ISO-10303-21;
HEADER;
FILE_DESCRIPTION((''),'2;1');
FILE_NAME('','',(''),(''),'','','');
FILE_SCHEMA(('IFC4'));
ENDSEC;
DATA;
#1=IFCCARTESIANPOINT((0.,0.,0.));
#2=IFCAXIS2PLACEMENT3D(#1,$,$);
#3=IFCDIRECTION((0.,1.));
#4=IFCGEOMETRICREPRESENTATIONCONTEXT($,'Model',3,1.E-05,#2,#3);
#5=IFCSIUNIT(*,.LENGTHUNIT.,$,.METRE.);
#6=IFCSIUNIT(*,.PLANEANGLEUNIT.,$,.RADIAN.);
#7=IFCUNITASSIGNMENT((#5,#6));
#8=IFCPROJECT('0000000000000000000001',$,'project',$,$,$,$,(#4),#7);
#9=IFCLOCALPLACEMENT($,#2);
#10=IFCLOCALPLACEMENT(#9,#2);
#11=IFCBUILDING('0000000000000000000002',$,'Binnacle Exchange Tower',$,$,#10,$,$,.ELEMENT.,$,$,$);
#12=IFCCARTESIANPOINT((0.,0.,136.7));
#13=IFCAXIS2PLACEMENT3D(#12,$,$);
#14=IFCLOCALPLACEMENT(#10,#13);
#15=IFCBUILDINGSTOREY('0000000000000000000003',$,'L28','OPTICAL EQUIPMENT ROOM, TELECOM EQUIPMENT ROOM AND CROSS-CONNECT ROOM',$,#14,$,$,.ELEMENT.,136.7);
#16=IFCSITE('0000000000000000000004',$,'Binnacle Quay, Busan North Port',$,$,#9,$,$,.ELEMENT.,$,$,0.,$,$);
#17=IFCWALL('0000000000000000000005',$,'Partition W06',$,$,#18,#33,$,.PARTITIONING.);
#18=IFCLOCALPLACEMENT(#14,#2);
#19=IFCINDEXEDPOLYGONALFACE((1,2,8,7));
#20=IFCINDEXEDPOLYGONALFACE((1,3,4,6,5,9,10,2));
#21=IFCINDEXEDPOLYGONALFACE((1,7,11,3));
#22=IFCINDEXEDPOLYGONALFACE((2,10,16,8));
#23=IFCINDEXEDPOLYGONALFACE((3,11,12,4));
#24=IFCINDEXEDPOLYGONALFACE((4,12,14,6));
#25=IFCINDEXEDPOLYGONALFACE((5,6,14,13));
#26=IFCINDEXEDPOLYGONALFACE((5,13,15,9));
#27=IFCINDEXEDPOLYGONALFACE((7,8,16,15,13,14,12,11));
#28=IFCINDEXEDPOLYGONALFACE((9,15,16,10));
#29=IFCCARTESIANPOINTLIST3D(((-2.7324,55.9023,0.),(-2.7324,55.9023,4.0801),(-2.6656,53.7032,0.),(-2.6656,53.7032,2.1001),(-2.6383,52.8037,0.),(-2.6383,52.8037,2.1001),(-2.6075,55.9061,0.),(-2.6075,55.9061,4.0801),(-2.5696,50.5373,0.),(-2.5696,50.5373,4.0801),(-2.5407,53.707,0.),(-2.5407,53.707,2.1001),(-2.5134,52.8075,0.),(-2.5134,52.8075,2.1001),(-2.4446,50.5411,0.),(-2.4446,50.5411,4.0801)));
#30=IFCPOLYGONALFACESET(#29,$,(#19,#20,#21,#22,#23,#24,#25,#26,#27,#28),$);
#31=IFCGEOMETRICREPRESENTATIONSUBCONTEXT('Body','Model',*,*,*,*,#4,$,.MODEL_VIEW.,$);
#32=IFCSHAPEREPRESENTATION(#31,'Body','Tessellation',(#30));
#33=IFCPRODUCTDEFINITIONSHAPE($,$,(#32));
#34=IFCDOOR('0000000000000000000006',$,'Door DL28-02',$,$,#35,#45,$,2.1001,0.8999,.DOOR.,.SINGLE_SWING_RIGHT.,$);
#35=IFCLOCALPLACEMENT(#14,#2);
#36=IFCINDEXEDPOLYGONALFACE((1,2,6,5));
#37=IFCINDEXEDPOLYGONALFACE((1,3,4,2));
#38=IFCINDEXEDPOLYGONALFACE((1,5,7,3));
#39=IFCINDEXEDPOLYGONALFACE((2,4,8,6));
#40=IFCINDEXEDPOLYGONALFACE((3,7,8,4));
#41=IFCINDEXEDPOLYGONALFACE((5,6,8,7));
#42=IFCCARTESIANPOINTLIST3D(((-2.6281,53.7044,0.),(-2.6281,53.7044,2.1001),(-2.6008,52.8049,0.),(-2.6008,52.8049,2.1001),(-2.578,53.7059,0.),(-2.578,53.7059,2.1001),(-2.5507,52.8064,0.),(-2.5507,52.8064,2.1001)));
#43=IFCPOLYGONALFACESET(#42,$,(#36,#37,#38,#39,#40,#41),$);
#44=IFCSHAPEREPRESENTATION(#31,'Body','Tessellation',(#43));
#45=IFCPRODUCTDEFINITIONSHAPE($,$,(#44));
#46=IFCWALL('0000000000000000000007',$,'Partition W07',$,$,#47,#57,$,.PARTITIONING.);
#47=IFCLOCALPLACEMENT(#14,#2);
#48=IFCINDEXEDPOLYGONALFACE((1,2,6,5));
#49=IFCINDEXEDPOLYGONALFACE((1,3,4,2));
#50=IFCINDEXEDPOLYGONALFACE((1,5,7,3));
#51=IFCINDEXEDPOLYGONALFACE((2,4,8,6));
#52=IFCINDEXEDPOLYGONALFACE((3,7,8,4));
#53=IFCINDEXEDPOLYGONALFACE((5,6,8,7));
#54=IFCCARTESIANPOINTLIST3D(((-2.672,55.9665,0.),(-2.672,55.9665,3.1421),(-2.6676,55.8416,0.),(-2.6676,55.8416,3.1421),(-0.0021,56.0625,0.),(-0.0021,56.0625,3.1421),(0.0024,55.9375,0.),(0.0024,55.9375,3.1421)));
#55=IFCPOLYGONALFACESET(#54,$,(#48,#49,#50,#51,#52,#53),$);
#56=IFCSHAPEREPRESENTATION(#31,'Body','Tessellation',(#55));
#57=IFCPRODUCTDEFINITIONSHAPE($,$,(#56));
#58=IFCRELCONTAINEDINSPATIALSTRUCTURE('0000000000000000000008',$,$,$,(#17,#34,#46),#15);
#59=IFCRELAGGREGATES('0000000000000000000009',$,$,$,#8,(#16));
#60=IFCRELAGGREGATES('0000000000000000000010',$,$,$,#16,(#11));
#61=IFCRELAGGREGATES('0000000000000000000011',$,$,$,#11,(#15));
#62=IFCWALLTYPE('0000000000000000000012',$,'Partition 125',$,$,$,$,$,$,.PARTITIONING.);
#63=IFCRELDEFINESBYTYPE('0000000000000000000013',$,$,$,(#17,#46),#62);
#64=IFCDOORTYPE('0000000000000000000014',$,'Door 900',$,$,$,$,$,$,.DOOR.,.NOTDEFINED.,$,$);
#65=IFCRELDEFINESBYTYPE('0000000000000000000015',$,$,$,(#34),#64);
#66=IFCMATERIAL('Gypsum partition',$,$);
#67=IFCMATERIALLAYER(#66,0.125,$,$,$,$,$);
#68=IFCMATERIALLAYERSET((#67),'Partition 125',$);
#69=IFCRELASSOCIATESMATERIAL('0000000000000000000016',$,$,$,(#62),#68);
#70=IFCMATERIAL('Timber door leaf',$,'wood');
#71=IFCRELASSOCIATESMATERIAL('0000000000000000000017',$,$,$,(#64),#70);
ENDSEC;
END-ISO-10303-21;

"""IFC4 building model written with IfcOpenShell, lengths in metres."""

from ifc_helpers import new_model, si_unit, direction, frame, frame_2d, origin, place, context, subcontext, project, spatial, rectangle, extrude, material, layer, layer_set, type_object, element, fill, save


model = new_model("IFC4")

# Units and contexts
model_context = context("Model", 3, precision=1e-05, world=origin(), true_north=direction((0.0, 1.0)))
body_context = subcontext(model_context, "Body", "Model", "MODEL_VIEW")
ifc_project = project(units=[si_unit("LENGTHUNIT", "METRE"), si_unit("PLANEANGLEUNIT", "RADIAN")], contexts=[model_context])

# Site, building, storey
site_placement = place(None, origin())
site = spatial("IfcSite", under=ifc_project, at=site_placement, Name="Binnacle Quay, Busan North Port", CompositionType="ELEMENT", RefElevation=0.0)
building_placement = place(site_placement, origin())
building = spatial("IfcBuilding", under=site, at=building_placement, Name="Binnacle Exchange Tower", CompositionType="ELEMENT")
storey_placement = place(building_placement, frame((0.0, 0.0, 136.7)))
storey = spatial("IfcBuildingStorey", under=building, at=storey_placement, Name="L28", Description="OPTICAL EQUIPMENT ROOM, TELECOM EQUIPMENT ROOM AND CROSS-CONNECT ROOM", CompositionType="ELEMENT", Elevation=136.7)

# Shared definitions
ifc_material_1 = material(Name="Gypsum partition")
ifc_layer_1 = layer(ifc_material_1, 0.125)
ifc_layer_set_1 = layer_set([ifc_layer_1], Name="Partition 125")
wall_type_1 = type_object("IfcWallType", Name="Partition 125", PredefinedType="PARTITIONING", material=ifc_layer_set_1)

# Wall, opening, door
wall_1_placement = place(storey_placement, frame((-2.6699, 55.9041, 0.0), z_axis=(0.0, 0.0, 1.0), x_axis=(0.030339, -0.99954, 0.0)))
wall_1 = element("IfcWall", 1, at=wall_1_placement, inside=storey, type_object=wall_type_1, Name="Partition W06", PredefinedType="PARTITIONING", context=body_context, shape_type="SweptSolid", body=[
    extrude(rectangle(XDim=5.3674, YDim=0.125, at=frame_2d((2.6836, 0.0))), origin(), (0.0, 0.0, 1.0), 4.0801),
])
opening_1_placement = place(wall_1_placement, frame((2.2, 0.0, 0.0)))
opening_1 = element("IfcOpeningElement", 2, at=opening_1_placement, cuts=wall_1, PredefinedType="OPENING", context=body_context, shape_type="SweptSolid", body=[
    extrude(rectangle(XDim=0.8999, YDim=2.1001, at=frame_2d((0.45, 1.05))), frame((0.0, 0.0725, 0.0), z_axis=(0.0, -1.0, 0.0), x_axis=(1.0, 0.0, 0.0)), (0.0, 0.0, 1.0), 0.145),
])
ifc_material_2 = material(Name="Timber door leaf", Category="wood")
door_type_1 = type_object("IfcDoorType", Name="Door 900", OperationType="NOTDEFINED", PredefinedType="DOOR", material=ifc_material_2)
door_1_placement = place(opening_1_placement, frame((0.8999, 0.0, 0.0), z_axis=(0.0, 0.0, 1.0), x_axis=(-1.0, 0.0, 0.0)))
door_1 = element("IfcDoor", 3, at=door_1_placement, inside=storey, type_object=door_type_1, Name="Door DL28-02", OperationType="SINGLE_SWING_RIGHT", OverallHeight=2.1001, OverallWidth=0.8999, PredefinedType="DOOR", context=body_context, shape_type="SweptSolid", body=[
    extrude(rectangle(XDim=0.8999, YDim=2.1001, at=frame_2d((0.45, 1.05))), frame((0.0, 0.0249, 0.0), z_axis=(0.0, -1.0, 0.0), x_axis=(1.0, 0.0, 0.0)), (0.0, 0.0, 1.0), 0.05),
])
fill(opening_1, door_1)

# Wall
wall_2_placement = place(storey_placement, frame((-2.6699, 55.9041, 0.0), z_axis=(0.0, 0.0, 1.0), x_axis=(0.999355, 0.035913, 0.0)))
element("IfcWall", 4, at=wall_2_placement, inside=storey, type_object=wall_type_1, Name="Partition W07", PredefinedType="PARTITIONING", context=body_context, shape_type="SweptSolid", body=[
    extrude(rectangle(XDim=2.6716, YDim=0.125, at=frame_2d((1.3359, 0.0))), origin(), (0.0, 0.0, 1.0), 3.1421),
])

save(model, "model.ifc")
